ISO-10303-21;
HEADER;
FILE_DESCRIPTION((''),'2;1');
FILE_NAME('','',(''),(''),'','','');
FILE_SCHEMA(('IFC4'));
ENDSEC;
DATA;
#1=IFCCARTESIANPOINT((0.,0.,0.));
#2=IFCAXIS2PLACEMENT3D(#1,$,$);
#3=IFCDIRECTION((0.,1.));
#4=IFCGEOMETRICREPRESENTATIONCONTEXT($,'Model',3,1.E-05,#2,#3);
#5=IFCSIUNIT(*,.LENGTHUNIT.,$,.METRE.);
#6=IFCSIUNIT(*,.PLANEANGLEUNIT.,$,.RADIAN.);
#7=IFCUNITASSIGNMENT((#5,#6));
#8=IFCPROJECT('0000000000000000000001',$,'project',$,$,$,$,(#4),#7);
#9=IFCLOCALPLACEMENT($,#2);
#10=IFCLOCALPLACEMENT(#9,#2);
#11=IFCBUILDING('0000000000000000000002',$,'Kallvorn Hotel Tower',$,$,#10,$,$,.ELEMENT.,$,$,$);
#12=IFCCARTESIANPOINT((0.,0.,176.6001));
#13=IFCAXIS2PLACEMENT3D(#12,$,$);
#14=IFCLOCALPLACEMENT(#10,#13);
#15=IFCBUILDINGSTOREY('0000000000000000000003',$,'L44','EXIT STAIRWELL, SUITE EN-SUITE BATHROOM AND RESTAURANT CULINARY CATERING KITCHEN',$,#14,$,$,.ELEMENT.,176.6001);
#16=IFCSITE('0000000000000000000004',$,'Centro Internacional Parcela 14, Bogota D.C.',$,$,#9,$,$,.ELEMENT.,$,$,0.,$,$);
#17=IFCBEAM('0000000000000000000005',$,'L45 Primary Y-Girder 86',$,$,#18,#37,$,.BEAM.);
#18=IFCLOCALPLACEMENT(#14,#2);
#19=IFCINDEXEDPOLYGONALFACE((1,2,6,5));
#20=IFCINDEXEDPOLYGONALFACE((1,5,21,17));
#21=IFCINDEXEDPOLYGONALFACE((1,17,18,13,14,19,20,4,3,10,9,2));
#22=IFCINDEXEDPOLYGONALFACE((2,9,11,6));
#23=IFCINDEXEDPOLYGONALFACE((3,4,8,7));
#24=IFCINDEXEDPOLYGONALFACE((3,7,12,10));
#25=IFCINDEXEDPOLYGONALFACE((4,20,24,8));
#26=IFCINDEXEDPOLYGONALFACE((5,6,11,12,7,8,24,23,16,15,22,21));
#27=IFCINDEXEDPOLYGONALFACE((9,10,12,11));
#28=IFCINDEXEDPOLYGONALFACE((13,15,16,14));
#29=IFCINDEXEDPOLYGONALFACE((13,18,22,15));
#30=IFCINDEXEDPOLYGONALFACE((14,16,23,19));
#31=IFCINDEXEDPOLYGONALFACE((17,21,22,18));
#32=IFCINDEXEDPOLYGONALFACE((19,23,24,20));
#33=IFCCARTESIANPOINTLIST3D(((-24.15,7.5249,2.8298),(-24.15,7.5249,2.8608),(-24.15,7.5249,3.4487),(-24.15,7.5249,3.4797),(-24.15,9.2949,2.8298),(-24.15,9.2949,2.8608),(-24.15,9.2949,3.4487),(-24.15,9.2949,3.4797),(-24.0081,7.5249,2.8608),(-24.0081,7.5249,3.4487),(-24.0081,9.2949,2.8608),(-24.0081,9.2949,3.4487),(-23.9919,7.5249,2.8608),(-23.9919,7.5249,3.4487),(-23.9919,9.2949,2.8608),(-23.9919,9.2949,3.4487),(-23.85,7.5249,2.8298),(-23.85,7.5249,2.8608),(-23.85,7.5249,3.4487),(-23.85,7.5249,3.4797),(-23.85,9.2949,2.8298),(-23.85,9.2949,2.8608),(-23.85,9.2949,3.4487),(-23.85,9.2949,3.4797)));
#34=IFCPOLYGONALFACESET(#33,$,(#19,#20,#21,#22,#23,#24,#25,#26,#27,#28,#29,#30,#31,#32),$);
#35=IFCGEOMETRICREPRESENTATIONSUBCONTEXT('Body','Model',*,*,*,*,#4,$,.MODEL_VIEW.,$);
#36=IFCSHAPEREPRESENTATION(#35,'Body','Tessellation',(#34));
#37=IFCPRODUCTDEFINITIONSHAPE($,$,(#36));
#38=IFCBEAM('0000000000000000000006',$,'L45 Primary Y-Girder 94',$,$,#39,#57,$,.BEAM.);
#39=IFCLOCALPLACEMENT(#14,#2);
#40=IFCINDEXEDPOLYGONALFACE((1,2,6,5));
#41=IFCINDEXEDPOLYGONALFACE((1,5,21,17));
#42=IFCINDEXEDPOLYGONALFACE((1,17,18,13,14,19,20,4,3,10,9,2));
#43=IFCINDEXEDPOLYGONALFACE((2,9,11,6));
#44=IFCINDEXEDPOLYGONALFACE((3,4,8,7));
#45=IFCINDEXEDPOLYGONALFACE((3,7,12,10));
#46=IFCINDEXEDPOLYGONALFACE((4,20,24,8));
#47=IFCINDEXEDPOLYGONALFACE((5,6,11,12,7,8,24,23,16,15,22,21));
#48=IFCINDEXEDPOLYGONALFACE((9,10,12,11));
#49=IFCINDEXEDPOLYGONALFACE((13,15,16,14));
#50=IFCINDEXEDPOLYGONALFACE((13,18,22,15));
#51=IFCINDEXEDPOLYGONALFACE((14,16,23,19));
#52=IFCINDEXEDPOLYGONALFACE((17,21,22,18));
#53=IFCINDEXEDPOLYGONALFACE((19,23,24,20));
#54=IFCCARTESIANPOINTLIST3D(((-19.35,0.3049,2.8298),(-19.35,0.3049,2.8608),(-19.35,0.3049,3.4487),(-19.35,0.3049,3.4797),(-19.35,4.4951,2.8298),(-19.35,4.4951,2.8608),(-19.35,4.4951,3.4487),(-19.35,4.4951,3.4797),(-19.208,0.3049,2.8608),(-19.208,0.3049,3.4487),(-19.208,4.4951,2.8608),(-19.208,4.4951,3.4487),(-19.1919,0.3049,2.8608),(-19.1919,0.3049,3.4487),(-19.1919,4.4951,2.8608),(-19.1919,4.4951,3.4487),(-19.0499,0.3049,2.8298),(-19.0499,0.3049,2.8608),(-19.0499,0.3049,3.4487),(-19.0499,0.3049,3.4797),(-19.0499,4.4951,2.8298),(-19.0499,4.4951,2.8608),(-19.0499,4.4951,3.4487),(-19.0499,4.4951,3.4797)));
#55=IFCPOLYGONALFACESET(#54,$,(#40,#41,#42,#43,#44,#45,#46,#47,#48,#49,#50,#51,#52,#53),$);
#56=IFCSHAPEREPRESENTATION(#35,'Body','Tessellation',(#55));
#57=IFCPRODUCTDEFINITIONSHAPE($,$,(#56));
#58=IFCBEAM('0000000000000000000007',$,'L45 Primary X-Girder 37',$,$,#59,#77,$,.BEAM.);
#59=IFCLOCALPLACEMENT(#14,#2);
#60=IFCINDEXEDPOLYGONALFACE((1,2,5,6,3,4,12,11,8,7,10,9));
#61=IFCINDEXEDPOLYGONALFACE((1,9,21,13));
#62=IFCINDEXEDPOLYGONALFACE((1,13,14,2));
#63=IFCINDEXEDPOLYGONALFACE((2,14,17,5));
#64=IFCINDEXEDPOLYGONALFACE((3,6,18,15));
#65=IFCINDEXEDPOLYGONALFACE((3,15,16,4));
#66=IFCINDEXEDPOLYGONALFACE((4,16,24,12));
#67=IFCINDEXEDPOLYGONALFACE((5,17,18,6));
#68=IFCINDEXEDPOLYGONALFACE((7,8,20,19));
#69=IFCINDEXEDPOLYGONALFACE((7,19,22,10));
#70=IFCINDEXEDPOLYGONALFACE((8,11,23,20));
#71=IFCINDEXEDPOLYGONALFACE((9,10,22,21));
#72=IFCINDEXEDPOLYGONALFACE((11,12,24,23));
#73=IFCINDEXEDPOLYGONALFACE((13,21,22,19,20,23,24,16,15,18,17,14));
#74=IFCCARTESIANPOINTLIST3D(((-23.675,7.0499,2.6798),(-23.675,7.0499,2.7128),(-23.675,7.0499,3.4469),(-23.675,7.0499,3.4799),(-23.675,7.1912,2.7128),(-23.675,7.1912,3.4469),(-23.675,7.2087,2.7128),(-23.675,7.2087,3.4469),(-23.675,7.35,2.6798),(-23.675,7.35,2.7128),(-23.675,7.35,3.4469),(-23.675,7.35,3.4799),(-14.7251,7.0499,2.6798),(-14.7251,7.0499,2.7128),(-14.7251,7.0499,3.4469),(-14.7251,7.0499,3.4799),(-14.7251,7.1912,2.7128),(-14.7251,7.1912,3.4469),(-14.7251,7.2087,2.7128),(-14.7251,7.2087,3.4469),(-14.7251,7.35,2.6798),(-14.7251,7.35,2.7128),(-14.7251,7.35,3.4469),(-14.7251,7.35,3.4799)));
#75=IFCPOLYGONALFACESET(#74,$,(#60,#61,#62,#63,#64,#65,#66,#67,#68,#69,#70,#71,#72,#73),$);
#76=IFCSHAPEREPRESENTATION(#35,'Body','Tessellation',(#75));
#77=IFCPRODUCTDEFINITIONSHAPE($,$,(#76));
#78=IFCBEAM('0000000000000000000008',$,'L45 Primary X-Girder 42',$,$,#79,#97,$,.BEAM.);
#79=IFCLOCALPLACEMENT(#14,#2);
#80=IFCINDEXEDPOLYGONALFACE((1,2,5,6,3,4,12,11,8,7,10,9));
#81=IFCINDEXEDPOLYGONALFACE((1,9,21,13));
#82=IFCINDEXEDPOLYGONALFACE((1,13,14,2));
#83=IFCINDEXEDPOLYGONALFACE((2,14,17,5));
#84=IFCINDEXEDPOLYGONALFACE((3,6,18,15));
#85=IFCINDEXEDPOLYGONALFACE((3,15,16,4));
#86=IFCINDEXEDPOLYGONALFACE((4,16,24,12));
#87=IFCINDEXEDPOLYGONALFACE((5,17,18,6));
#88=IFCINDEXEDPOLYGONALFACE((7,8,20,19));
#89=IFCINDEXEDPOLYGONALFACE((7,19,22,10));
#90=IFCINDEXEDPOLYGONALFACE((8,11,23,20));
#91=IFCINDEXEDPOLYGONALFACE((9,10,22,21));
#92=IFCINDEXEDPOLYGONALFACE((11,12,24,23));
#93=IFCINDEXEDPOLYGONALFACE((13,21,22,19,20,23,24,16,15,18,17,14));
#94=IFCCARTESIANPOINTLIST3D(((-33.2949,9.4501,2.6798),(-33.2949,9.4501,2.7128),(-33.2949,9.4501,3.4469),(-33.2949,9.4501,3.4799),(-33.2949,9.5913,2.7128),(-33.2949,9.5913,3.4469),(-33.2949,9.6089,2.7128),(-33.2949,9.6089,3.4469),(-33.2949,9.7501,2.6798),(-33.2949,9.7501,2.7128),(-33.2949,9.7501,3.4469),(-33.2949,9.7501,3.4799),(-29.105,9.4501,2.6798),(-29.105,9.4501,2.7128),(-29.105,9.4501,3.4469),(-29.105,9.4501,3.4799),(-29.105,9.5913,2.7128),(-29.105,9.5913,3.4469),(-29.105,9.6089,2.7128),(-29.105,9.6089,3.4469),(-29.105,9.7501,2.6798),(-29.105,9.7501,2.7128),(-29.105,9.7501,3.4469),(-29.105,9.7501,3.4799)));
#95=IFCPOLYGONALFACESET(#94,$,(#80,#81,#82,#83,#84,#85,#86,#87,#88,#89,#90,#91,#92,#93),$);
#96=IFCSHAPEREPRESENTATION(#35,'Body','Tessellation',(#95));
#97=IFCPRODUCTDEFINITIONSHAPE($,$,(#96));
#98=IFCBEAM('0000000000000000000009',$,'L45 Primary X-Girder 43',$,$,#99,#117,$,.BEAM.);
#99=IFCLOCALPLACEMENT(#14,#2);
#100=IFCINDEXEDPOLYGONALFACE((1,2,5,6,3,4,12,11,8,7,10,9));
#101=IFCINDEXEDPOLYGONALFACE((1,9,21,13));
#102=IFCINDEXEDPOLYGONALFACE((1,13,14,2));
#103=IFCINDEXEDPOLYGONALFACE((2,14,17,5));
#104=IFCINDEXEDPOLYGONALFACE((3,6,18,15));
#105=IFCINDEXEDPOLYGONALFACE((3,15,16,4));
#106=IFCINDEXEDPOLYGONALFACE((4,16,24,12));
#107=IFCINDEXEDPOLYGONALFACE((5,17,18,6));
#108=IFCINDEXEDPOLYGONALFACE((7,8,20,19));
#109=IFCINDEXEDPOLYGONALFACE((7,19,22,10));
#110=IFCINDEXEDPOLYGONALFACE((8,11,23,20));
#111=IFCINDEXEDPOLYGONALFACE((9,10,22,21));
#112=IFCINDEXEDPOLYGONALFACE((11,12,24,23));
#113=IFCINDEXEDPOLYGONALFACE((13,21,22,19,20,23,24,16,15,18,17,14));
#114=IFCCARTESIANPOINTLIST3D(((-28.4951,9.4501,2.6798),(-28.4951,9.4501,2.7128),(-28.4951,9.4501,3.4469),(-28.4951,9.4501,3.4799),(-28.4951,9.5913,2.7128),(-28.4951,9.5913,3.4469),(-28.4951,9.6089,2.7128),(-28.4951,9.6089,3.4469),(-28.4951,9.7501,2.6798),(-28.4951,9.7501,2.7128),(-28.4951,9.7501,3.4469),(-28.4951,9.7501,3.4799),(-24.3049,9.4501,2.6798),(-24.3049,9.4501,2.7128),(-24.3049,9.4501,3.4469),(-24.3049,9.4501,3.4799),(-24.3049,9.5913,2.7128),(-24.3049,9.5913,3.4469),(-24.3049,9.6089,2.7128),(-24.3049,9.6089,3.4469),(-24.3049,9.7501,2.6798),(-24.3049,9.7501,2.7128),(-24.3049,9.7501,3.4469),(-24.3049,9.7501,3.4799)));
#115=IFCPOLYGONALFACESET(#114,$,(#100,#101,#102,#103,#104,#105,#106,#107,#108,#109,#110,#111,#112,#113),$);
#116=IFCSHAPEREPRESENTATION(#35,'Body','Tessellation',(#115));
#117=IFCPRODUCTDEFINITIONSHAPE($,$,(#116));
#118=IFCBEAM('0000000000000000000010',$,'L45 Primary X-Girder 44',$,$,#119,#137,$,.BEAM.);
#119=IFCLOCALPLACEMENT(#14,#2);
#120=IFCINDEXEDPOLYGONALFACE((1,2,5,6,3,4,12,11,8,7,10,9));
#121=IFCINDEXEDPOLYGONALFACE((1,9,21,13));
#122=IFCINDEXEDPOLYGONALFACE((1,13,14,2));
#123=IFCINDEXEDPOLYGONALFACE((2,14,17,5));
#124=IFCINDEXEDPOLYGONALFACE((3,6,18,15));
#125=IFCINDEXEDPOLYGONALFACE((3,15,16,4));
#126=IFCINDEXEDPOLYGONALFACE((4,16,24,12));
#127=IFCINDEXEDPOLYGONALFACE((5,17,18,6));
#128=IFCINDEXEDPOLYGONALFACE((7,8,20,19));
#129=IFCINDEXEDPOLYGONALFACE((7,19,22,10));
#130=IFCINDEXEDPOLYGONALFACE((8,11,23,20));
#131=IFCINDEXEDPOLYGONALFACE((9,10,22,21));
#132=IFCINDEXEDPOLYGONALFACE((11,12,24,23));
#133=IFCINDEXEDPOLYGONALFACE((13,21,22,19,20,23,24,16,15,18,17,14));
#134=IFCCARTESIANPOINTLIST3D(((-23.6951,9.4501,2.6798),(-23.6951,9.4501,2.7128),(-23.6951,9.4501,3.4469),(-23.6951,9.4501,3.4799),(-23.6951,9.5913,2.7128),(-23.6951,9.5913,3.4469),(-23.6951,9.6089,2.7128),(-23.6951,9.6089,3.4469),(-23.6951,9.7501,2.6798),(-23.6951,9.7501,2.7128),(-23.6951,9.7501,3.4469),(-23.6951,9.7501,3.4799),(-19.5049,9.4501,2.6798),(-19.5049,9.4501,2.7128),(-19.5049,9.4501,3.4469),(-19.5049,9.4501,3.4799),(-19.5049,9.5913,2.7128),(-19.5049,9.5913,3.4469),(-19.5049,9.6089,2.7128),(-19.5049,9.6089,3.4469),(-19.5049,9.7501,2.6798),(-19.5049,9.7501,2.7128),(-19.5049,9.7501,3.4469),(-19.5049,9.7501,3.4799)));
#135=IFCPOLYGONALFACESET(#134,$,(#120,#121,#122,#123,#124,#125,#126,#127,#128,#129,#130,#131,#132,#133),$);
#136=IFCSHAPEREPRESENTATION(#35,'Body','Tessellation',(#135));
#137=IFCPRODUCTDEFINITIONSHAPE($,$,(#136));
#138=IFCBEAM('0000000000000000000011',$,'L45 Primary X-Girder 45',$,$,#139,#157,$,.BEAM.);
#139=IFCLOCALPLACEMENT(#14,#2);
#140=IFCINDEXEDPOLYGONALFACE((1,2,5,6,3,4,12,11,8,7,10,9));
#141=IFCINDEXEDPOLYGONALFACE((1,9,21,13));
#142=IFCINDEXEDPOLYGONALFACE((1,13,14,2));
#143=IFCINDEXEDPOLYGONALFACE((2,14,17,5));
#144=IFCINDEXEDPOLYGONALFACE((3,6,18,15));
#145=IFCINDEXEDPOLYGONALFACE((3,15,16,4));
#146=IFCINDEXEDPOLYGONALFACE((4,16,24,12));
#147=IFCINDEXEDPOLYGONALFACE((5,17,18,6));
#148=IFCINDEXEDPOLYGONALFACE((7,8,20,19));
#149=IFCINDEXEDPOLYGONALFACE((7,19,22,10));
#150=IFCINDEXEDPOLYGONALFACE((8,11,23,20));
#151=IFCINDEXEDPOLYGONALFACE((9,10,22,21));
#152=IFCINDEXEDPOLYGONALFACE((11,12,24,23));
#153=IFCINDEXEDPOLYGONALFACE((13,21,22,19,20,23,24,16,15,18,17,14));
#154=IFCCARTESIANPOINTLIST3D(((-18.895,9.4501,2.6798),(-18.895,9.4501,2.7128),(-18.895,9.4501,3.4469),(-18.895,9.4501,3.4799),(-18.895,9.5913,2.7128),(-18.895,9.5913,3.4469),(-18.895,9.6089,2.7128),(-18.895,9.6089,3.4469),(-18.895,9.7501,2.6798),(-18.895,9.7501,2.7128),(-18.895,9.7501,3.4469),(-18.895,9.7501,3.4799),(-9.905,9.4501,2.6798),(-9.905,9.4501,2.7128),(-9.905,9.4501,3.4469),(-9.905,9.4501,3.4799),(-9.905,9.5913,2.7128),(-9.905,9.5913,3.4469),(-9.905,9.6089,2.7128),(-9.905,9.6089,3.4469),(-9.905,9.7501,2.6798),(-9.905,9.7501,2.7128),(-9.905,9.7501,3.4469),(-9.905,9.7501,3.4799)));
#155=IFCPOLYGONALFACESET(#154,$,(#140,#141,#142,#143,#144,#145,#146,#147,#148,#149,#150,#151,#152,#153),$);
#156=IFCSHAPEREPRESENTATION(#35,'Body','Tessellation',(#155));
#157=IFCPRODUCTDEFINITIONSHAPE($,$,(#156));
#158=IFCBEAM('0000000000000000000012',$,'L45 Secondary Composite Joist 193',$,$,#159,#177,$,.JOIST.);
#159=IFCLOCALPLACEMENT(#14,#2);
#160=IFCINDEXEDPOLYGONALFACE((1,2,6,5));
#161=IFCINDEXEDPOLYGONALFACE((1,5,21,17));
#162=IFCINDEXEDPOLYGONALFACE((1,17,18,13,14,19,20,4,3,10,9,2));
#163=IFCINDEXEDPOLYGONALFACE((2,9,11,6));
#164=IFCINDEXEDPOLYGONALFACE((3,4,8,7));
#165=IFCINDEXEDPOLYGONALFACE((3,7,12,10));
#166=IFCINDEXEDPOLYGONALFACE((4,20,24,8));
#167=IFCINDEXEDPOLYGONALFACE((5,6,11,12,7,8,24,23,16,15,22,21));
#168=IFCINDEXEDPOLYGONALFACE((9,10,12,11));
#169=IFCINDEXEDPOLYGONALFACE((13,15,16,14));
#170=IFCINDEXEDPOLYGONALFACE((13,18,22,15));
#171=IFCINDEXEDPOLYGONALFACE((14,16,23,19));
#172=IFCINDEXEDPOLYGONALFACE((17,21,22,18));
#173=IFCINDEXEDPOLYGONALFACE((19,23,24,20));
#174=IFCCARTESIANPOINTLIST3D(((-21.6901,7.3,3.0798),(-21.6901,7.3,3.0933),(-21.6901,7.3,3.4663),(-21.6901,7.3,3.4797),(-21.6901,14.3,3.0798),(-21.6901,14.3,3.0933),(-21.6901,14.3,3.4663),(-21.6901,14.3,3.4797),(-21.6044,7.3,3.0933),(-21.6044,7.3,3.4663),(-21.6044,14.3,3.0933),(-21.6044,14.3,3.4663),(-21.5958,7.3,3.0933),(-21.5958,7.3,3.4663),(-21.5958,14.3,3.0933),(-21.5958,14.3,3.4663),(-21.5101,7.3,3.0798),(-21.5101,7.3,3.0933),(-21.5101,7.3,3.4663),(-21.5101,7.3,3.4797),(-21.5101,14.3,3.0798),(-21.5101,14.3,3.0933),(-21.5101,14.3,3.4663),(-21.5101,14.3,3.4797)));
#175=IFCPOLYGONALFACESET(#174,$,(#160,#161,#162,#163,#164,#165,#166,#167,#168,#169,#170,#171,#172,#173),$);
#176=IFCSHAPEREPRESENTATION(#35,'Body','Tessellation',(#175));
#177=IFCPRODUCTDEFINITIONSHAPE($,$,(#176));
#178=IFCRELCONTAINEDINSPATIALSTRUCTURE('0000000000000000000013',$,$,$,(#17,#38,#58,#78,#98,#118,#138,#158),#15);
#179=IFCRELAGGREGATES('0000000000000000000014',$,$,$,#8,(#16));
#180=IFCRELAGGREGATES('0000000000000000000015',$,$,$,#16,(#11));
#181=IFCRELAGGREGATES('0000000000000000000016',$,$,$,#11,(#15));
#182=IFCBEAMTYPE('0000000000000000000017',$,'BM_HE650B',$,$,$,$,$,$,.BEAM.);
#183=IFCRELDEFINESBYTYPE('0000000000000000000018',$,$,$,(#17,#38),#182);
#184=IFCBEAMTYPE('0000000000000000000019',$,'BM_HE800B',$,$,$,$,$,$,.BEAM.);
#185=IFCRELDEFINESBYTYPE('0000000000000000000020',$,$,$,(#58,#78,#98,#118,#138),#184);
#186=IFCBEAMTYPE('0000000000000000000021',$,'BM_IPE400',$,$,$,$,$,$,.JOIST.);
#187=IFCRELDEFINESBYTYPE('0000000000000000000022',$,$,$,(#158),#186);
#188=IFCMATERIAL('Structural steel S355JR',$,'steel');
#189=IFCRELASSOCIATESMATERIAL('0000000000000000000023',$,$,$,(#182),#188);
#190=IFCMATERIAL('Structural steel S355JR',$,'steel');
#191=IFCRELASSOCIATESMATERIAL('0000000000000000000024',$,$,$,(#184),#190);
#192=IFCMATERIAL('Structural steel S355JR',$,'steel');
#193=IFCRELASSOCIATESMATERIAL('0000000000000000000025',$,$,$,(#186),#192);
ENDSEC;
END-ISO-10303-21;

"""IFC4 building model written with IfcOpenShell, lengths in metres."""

from ifc_helpers import new_model, si_unit, direction, frame, origin, origin_2d, place, context, subcontext, project, spatial, i_section, extrude, material, material_profile, profile_set, type_object, element, save


model = new_model("IFC4")

# Units and contexts
model_context = context("Model", 3, precision=1e-05, world=origin(), true_north=direction((0.0, 1.0)))
body_context = subcontext(model_context, "Body", "Model", "MODEL_VIEW")
ifc_project = project(units=[si_unit("LENGTHUNIT", "METRE"), si_unit("PLANEANGLEUNIT", "RADIAN")], contexts=[model_context])

# Site, building, storey
site_placement = place(None, origin())
site = spatial("IfcSite", under=ifc_project, at=site_placement, Name="Centro Internacional Parcela 14, Bogota D.C.", CompositionType="ELEMENT", RefElevation=0.0)
building_placement = place(site_placement, origin())
building = spatial("IfcBuilding", under=site, at=building_placement, Name="Kallvorn Hotel Tower", CompositionType="ELEMENT")
storey_placement = place(building_placement, frame((0.0, 0.0, 176.6001)))
storey = spatial("IfcBuildingStorey", under=building, at=storey_placement, Name="L44", Description="EXIT STAIRWELL, SUITE EN-SUITE BATHROOM AND RESTAURANT CULINARY CATERING KITCHEN", CompositionType="ELEMENT", Elevation=176.6001)

# Beams
ifc_material_1 = material(Name="Structural steel S355JR", Category="steel")
ifc_material_profile_1 = material_profile(ifc_material_1, i_section(OverallWidth=0.3, OverallDepth=0.6499, WebThickness=0.0161, FlangeThickness=0.031, at=origin_2d()), Name="HE 650 B")
ifc_profile_set_1 = profile_set([ifc_material_profile_1], Name="Structural steel S355JR")
beam_type_1 = type_object("IfcBeamType", Name="BM_HE650B", PredefinedType="BEAM", material=ifc_profile_set_1)
beam_1_placement = place(storey_placement, frame((-24.0, 7.5249, 3.1548), z_axis=(0.0, 1.0, 0.0), x_axis=(-1.0, 0.0, 0.0)))
element("IfcBeam", 1, at=beam_1_placement, inside=storey, type_object=beam_type_1, Name="L45 Primary Y-Girder 86", PredefinedType="BEAM", context=body_context, shape_type="SweptSolid", body=[
    extrude(i_section(OverallWidth=0.3, OverallDepth=0.6499, WebThickness=0.0161, FlangeThickness=0.031, at=origin_2d()), origin(), (0.0, 0.0, 1.0), 1.77),
])
beam_2_placement = place(storey_placement, frame((-19.2, 0.3049, 3.1548), z_axis=(0.0, 1.0, 0.0), x_axis=(-1.0, 0.0, 0.0)))
element("IfcBeam", 2, at=beam_2_placement, inside=storey, type_object=beam_type_1, Name="L45 Primary Y-Girder 94", PredefinedType="BEAM", context=body_context, shape_type="SweptSolid", body=[
    extrude(i_section(OverallWidth=0.3, OverallDepth=0.6499, WebThickness=0.0161, FlangeThickness=0.031, at=origin_2d()), origin(), (0.0, 0.0, 1.0), 4.1902),
])
ifc_material_2 = material(Name="Structural steel S355JR", Category="steel")
ifc_material_profile_2 = material_profile(ifc_material_2, i_section(OverallWidth=0.3, OverallDepth=0.8, WebThickness=0.0176, FlangeThickness=0.033, at=origin_2d()), Name="HE 800 B")
ifc_profile_set_2 = profile_set([ifc_material_profile_2], Name="Structural steel S355JR")
beam_type_2 = type_object("IfcBeamType", Name="BM_HE800B", PredefinedType="BEAM", material=ifc_profile_set_2)
beam_3_placement = place(storey_placement, frame((-23.675, 7.2, 3.0798), z_axis=(1.0, 0.0, 0.0), x_axis=(0.0, 1.0, 0.0)))
element("IfcBeam", 3, at=beam_3_placement, inside=storey, type_object=beam_type_2, Name="L45 Primary X-Girder 37", PredefinedType="BEAM", context=body_context, shape_type="SweptSolid", body=[
    extrude(i_section(OverallWidth=0.3, OverallDepth=0.8, WebThickness=0.0176, FlangeThickness=0.033, at=origin_2d()), origin(), (0.0, 0.0, 1.0), 8.95),
])
beam_4_placement = place(storey_placement, frame((-33.2949, 9.6001, 3.0798), z_axis=(1.0, 0.0, 0.0), x_axis=(0.0, 1.0, 0.0)))
element("IfcBeam", 4, at=beam_4_placement, inside=storey, type_object=beam_type_2, Name="L45 Primary X-Girder 42", PredefinedType="BEAM", context=body_context, shape_type="SweptSolid", body=[
    extrude(i_section(OverallWidth=0.3, OverallDepth=0.8, WebThickness=0.0176, FlangeThickness=0.033, at=origin_2d()), origin(), (0.0, 0.0, 1.0), 4.1899),
])
for number, where, z_axis, x_axis, name in (
    (5, (-28.4951, 9.6001, 3.0798), (1.0, 0.0, 0.0), (0.0, 1.0, 0.0), "L45 Primary X-Girder 43"),
    (6, (-23.6951, 9.6001, 3.0798), (1.0, 0.0, 0.0), (0.0, 1.0, 0.0), "L45 Primary X-Girder 44"),
):
    element("IfcBeam", number, at=place(storey_placement, frame(where, z_axis=z_axis, x_axis=x_axis)), inside=storey, type_object=beam_type_2, Name=name, PredefinedType="BEAM", context=body_context, shape_type="SweptSolid", body=[
        extrude(i_section(OverallWidth=0.3, OverallDepth=0.8, WebThickness=0.0176, FlangeThickness=0.033, at=origin_2d()), origin(), (0.0, 0.0, 1.0), 4.1902),
    ])
beam_5_placement = place(storey_placement, frame((-18.895, 9.6001, 3.0798), z_axis=(1.0, 0.0, 0.0), x_axis=(0.0, 1.0, 0.0)))
element("IfcBeam", 7, at=beam_5_placement, inside=storey, type_object=beam_type_2, Name="L45 Primary X-Girder 45", PredefinedType="BEAM", context=body_context, shape_type="SweptSolid", body=[
    extrude(i_section(OverallWidth=0.3, OverallDepth=0.8, WebThickness=0.0176, FlangeThickness=0.033, at=origin_2d()), origin(), (0.0, 0.0, 1.0), 8.99),
])
ifc_material_3 = material(Name="Structural steel S355JR", Category="steel")
ifc_material_profile_3 = material_profile(ifc_material_3, i_section(OverallWidth=0.1799, OverallDepth=0.3999, WebThickness=0.0085, FlangeThickness=0.0134, at=origin_2d()), Name="IPE 400")
ifc_profile_set_3 = profile_set([ifc_material_profile_3], Name="Structural steel S355JR")
beam_type_3 = type_object("IfcBeamType", Name="BM_IPE400", PredefinedType="JOIST", material=ifc_profile_set_3)
beam_6_placement = place(storey_placement, frame((-21.6001, 7.3, 3.2798), z_axis=(0.0, 1.0, 0.0), x_axis=(-1.0, 0.0, 0.0)))
element("IfcBeam", 8, at=beam_6_placement, inside=storey, type_object=beam_type_3, Name="L45 Secondary Composite Joist 193", PredefinedType="JOIST", context=body_context, shape_type="SweptSolid", body=[
    extrude(i_section(OverallWidth=0.1799, OverallDepth=0.3999, WebThickness=0.0085, FlangeThickness=0.0134, at=origin_2d()), origin(), (0.0, 0.0, 1.0), 7.0),
])

save(model, "model.ifc")
